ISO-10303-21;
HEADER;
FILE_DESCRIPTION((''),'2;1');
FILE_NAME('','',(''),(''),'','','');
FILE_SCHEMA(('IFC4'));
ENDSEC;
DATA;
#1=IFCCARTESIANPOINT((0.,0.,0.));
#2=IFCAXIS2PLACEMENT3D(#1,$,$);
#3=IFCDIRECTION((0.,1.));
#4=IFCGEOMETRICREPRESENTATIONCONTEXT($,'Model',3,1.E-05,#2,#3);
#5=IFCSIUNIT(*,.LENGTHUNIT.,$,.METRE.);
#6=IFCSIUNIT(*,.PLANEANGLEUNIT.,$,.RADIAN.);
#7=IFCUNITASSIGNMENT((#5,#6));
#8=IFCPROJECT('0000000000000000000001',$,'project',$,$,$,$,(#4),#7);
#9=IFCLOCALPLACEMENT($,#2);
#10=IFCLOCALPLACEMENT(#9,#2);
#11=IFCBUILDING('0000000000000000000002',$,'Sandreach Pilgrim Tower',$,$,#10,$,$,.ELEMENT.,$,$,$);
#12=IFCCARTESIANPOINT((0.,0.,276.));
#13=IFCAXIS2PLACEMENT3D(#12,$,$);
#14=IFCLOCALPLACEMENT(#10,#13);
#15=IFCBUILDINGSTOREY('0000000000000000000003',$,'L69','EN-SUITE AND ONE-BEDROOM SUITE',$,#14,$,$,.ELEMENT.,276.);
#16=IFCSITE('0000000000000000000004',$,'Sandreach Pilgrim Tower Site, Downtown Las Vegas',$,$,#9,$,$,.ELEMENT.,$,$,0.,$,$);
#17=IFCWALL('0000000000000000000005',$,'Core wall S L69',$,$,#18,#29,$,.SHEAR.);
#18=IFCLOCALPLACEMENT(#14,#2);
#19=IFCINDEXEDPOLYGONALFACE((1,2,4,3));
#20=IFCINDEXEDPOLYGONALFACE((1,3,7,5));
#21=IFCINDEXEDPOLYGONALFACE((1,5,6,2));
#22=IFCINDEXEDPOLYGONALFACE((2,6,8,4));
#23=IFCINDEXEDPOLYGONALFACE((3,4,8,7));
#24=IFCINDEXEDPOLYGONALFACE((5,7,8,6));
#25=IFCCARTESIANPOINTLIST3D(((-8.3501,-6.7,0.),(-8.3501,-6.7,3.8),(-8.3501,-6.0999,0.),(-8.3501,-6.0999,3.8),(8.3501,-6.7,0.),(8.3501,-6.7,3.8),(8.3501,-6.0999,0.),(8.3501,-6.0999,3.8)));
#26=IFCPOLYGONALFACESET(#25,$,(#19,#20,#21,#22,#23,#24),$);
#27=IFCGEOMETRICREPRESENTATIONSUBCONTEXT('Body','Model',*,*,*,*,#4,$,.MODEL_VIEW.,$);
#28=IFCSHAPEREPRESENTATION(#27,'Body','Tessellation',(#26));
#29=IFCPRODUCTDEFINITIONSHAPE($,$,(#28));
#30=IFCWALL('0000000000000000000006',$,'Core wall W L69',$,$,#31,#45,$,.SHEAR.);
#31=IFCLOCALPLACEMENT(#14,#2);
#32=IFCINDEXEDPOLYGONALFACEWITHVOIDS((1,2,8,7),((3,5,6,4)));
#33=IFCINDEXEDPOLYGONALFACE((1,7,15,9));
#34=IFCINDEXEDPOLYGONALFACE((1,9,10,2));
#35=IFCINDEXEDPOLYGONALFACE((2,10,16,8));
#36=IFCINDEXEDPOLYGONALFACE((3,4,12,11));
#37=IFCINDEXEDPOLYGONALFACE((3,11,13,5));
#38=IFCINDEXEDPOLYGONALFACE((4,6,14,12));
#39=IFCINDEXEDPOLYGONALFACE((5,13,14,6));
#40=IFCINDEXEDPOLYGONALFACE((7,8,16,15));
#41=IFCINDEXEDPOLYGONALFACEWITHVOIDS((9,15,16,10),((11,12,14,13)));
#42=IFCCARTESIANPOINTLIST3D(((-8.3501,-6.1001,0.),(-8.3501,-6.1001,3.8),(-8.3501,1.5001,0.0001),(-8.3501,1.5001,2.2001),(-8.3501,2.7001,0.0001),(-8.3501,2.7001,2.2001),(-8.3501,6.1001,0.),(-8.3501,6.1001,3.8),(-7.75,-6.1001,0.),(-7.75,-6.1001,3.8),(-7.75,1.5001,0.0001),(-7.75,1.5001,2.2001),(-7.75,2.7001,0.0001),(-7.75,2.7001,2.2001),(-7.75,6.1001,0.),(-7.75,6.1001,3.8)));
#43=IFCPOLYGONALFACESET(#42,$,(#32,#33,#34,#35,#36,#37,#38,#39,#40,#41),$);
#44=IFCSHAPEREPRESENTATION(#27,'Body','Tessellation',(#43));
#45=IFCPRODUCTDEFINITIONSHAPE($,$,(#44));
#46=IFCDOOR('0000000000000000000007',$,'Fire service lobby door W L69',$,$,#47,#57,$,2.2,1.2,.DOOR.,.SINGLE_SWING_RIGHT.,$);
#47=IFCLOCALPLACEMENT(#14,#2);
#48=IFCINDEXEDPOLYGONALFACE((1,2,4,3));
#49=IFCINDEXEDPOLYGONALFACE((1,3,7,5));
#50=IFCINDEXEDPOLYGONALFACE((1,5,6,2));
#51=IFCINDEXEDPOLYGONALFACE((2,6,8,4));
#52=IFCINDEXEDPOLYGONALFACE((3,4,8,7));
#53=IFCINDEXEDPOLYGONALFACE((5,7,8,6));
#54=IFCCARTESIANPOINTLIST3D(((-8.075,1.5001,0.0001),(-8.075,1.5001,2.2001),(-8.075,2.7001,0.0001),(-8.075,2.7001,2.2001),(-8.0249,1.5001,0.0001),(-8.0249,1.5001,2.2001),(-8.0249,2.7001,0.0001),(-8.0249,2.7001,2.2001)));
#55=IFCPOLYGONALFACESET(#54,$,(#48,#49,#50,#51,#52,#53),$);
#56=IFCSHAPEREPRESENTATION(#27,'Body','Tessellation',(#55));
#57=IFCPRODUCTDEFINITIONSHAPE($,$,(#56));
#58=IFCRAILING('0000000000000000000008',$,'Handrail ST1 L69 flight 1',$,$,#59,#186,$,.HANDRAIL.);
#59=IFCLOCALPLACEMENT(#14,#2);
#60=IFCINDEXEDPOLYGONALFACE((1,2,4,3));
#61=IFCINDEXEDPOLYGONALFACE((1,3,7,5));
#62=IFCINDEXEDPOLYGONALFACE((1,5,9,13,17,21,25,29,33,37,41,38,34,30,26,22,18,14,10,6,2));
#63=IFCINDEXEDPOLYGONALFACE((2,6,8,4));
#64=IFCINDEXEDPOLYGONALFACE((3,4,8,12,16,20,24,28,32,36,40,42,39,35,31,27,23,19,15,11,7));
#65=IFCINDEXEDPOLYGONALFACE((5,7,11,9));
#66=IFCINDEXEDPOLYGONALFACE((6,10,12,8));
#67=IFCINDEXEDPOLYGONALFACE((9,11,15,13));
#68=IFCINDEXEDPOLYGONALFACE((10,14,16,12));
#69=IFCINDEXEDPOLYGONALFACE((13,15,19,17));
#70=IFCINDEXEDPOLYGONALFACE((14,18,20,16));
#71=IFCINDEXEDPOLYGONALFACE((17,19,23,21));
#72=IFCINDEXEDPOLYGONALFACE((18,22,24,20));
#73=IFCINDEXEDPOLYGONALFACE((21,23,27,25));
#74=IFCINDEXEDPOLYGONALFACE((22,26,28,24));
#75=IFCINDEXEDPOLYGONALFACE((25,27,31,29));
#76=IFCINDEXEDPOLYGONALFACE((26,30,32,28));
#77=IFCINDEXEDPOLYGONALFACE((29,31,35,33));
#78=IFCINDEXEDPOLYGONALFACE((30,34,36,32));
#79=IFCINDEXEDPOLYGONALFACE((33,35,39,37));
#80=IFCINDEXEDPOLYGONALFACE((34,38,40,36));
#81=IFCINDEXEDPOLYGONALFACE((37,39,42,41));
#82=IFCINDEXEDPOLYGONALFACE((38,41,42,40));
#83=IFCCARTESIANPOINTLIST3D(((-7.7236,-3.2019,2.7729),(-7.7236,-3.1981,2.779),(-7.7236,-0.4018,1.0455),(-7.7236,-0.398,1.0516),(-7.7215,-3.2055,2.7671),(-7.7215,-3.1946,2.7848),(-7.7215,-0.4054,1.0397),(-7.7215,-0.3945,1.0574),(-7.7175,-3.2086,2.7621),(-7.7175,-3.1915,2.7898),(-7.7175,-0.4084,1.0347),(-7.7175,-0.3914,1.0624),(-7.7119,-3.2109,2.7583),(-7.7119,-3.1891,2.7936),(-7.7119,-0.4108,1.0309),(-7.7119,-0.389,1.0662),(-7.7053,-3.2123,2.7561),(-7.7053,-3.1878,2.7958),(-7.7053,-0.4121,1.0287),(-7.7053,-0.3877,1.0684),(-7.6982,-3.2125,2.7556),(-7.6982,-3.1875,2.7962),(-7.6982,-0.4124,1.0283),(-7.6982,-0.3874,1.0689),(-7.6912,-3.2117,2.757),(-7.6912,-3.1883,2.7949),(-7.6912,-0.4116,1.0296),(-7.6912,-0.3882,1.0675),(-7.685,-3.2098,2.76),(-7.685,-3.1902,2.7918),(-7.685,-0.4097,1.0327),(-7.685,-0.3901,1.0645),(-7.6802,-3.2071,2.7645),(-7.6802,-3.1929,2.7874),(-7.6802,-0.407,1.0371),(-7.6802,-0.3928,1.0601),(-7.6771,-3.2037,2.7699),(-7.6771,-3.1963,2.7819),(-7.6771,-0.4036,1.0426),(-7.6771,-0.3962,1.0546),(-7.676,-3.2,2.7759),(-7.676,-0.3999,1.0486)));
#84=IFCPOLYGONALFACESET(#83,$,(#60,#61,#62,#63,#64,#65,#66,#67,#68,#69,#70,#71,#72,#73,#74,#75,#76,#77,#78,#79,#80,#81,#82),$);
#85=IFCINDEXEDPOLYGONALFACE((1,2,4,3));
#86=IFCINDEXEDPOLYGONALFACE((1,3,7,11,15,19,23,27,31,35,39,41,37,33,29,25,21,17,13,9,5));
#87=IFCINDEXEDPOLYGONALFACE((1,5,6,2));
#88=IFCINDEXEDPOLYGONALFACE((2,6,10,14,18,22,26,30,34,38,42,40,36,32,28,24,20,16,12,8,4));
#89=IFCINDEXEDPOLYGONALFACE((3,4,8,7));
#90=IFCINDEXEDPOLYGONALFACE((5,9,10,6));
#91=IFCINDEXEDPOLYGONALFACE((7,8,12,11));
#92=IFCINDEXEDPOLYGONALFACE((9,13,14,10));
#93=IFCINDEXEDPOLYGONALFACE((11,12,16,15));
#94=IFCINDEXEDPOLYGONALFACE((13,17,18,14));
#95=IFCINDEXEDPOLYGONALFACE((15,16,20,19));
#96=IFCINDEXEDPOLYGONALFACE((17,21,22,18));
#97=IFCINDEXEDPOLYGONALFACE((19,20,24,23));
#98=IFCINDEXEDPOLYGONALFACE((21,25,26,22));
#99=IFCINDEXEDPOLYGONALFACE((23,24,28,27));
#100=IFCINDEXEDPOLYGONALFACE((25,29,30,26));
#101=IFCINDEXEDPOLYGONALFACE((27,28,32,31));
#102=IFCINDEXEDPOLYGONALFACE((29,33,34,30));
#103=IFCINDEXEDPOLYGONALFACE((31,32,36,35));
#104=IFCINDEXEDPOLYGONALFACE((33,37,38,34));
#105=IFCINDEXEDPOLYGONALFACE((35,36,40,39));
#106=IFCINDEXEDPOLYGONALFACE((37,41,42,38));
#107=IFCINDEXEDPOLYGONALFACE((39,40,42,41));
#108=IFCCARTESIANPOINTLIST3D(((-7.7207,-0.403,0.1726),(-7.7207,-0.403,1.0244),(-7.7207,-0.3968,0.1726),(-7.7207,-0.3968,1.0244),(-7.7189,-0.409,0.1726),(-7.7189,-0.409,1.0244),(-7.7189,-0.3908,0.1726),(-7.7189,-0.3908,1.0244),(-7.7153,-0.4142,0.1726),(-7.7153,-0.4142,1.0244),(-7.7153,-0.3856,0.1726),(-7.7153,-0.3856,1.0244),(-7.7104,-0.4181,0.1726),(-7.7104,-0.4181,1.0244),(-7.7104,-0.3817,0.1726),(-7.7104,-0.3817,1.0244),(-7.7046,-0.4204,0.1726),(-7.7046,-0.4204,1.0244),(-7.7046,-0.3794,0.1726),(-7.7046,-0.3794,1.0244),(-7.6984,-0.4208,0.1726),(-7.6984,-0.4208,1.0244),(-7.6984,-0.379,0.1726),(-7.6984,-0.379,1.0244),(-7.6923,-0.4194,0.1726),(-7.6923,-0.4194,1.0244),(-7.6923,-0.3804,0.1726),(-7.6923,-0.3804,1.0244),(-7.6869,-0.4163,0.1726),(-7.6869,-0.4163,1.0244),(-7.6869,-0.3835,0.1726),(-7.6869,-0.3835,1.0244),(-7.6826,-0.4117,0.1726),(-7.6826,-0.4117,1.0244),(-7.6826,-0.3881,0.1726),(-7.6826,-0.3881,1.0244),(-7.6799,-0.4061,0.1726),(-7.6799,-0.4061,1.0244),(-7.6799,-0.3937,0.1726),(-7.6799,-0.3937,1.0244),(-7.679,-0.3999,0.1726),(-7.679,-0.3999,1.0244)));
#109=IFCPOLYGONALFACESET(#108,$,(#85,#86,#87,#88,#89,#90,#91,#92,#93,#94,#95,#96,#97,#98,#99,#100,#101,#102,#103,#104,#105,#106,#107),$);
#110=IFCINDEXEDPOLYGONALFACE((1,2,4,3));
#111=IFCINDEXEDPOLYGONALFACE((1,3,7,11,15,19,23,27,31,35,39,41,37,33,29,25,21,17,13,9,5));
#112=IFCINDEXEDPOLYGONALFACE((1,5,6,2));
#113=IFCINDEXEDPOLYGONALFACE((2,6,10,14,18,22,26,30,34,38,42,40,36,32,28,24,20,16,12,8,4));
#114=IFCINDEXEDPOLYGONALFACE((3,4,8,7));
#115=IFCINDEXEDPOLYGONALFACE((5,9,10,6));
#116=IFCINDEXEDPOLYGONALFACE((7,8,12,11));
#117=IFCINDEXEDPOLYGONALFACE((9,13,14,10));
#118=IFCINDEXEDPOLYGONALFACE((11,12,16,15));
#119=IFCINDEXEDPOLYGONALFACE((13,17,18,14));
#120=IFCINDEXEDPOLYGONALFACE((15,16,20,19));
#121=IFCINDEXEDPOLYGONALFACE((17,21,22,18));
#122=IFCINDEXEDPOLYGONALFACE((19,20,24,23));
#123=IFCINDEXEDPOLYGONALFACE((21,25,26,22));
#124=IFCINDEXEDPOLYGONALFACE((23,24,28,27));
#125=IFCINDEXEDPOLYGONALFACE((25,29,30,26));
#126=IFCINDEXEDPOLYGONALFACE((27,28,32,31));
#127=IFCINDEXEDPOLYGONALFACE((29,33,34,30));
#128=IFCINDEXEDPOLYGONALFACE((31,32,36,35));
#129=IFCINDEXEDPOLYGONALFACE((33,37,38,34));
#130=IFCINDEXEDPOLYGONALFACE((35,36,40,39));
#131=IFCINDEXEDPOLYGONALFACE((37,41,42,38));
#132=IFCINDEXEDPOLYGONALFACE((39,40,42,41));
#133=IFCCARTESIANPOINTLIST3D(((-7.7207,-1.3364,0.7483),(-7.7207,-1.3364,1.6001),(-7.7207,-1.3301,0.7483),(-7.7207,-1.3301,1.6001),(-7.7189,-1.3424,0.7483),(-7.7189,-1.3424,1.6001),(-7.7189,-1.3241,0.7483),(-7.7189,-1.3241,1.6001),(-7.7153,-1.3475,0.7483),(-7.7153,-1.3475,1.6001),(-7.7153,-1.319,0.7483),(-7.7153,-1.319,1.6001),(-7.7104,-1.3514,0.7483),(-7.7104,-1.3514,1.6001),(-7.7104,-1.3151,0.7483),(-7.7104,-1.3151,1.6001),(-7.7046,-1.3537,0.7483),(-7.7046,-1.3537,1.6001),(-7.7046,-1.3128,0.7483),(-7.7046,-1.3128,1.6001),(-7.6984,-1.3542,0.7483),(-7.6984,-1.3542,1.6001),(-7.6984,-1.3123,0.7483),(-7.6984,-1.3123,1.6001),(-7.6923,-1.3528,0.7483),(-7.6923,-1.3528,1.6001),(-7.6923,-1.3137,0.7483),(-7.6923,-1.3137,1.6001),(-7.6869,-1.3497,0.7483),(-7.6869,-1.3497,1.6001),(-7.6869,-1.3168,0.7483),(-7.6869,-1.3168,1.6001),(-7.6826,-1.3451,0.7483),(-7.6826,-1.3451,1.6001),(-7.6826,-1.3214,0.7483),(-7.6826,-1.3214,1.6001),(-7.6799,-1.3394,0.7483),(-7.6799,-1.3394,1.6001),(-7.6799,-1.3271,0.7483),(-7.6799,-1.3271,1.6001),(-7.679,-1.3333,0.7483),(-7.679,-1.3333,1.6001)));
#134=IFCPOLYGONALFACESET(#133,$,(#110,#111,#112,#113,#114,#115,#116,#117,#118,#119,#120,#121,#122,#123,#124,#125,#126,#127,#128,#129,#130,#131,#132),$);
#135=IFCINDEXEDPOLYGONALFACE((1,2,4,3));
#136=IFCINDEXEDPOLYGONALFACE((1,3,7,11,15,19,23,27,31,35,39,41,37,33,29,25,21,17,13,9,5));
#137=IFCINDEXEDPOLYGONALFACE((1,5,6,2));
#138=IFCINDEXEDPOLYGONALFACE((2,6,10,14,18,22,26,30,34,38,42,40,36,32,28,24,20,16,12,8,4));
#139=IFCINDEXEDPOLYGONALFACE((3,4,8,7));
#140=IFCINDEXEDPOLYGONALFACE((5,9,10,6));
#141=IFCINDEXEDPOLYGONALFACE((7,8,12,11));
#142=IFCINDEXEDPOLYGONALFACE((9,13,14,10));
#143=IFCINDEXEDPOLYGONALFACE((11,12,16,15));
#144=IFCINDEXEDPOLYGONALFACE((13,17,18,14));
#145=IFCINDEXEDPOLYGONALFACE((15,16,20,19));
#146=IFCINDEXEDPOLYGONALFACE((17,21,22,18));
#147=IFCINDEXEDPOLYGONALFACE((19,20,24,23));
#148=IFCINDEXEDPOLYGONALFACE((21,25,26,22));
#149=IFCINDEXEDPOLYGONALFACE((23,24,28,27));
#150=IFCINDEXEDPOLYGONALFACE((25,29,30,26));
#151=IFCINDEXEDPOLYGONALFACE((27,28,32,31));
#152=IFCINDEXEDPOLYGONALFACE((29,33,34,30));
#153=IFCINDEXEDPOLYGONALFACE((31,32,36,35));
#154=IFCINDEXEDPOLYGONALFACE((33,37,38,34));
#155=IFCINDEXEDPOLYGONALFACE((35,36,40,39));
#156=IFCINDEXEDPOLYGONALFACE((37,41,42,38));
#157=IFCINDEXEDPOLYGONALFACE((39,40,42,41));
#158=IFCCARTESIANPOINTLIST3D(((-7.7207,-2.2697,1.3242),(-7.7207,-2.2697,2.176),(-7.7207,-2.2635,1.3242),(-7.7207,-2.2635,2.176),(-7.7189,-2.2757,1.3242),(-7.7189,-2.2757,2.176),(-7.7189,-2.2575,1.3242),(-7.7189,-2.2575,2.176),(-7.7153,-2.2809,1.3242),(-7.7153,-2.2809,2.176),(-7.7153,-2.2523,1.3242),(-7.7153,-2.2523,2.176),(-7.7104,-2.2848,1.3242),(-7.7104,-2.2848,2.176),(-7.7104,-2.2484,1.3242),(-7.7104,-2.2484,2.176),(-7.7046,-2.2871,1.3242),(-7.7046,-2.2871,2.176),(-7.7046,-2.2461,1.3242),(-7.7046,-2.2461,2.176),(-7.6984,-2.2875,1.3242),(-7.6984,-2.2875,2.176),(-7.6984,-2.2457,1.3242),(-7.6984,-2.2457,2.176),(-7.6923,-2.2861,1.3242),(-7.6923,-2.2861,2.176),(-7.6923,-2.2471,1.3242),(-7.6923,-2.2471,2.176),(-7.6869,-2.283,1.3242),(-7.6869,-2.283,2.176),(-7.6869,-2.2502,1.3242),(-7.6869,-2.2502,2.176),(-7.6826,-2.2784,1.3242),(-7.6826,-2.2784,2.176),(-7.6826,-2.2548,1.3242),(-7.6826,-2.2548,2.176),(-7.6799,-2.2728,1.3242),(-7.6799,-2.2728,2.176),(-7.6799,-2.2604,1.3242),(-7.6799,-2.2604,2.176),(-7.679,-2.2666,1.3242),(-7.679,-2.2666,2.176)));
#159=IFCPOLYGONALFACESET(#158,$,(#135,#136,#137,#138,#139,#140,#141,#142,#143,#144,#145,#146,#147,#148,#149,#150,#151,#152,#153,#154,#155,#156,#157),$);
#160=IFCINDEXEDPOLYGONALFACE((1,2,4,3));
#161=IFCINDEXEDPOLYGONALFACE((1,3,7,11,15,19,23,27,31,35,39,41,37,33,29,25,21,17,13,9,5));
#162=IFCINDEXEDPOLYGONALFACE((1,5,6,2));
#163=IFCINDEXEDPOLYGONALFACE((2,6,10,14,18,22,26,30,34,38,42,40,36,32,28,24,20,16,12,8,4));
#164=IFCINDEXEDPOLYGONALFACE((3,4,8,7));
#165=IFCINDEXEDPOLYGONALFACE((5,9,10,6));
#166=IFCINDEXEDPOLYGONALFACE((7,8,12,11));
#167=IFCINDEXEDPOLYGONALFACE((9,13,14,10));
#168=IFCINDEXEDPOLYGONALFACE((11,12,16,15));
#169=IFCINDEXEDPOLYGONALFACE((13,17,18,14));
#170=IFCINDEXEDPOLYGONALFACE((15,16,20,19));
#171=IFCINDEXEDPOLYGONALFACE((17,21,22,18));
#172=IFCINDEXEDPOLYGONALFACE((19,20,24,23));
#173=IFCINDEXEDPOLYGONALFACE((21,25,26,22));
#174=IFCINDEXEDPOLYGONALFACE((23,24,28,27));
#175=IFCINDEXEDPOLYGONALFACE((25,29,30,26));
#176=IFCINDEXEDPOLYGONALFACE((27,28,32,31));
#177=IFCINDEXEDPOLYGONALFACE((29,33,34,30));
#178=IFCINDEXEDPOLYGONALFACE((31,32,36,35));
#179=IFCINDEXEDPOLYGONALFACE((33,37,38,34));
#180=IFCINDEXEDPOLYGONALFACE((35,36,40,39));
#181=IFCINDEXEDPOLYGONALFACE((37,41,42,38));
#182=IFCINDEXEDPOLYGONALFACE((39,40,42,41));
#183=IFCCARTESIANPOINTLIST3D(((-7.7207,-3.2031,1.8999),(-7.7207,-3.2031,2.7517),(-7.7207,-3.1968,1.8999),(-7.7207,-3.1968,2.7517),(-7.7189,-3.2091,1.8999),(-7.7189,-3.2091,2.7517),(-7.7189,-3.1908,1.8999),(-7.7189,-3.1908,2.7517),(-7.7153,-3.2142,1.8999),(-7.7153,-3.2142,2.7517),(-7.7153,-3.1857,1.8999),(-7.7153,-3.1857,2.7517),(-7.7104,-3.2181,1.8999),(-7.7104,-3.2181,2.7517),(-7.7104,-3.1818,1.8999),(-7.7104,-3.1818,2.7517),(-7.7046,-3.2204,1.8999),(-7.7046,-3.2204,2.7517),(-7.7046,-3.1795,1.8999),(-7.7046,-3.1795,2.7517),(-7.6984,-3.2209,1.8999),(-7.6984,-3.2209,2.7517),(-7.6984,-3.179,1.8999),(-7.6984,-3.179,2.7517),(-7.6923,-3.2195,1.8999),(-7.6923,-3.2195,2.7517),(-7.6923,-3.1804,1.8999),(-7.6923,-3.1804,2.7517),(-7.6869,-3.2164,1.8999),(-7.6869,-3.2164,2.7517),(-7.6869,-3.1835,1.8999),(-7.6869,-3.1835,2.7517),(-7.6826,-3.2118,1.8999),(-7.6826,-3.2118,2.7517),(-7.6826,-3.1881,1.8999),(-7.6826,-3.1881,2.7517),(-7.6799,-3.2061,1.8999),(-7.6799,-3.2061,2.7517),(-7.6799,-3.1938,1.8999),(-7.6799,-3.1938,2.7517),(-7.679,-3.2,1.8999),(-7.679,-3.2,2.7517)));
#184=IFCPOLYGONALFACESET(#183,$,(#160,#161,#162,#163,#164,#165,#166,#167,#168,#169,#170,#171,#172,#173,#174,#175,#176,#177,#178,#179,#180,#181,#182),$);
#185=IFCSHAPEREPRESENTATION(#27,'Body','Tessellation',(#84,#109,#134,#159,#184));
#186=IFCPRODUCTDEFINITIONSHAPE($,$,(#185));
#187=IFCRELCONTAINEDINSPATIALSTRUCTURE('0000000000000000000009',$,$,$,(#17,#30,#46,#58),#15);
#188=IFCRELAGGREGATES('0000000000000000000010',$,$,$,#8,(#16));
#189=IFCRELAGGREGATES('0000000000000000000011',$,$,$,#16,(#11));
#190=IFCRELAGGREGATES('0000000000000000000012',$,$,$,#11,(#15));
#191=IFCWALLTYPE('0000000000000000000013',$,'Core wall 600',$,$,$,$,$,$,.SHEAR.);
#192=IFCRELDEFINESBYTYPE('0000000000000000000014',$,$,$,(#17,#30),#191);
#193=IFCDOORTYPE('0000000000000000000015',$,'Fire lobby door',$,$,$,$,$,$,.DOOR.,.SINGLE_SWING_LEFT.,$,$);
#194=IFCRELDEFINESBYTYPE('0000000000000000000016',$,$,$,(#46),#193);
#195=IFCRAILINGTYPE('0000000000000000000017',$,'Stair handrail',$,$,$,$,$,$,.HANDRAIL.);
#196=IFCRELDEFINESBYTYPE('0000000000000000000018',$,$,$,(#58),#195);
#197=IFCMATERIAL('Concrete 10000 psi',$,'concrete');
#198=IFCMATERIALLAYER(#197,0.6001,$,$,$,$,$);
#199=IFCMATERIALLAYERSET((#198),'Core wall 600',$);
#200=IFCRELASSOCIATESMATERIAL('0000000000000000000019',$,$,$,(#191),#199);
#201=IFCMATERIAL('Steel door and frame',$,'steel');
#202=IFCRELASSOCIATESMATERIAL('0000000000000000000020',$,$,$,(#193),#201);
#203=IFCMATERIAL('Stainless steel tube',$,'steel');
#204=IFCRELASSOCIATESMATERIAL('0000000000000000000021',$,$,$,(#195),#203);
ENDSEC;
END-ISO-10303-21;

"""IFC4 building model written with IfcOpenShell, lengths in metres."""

from ifc_helpers import new_model, si_unit, direction, frame, frame_2d, origin, origin_2d, place, context, subcontext, project, spatial, rectangle, circle, extrude, material, layer, layer_set, type_object, element, fill, save


model = new_model("IFC4")

# Units and contexts
model_context = context("Model", 3, precision=1e-05, world=origin(), true_north=direction((0.0, 1.0)))
body_context = subcontext(model_context, "Body", "Model", "MODEL_VIEW")
ifc_project = project(units=[si_unit("LENGTHUNIT", "METRE"), si_unit("PLANEANGLEUNIT", "RADIAN")], contexts=[model_context])

# Site, building, storey
site_placement = place(None, origin())
site = spatial("IfcSite", under=ifc_project, at=site_placement, Name="Sandreach Pilgrim Tower Site, Downtown Las Vegas", CompositionType="ELEMENT", RefElevation=0.0)
building_placement = place(site_placement, origin())
building = spatial("IfcBuilding", under=site, at=building_placement, Name="Sandreach Pilgrim Tower", CompositionType="ELEMENT")
storey_placement = place(building_placement, frame((0.0, 0.0, 276.0)))
storey = spatial("IfcBuildingStorey", under=building, at=storey_placement, Name="L69", Description="EN-SUITE AND ONE-BEDROOM SUITE", CompositionType="ELEMENT", Elevation=276.0)

# Wall
ifc_material_1 = material(Name="Concrete 10000 psi", Category="concrete")
ifc_layer_1 = layer(ifc_material_1, 0.6001)
ifc_layer_set_1 = layer_set([ifc_layer_1], Name="Core wall 600")
wall_type_1 = type_object("IfcWallType", Name="Core wall 600", PredefinedType="SHEAR", material=ifc_layer_set_1)
wall_1_placement = place(storey_placement, frame((-8.3501, -6.3999, 0.0), z_axis=(0.0, 0.0, 1.0), x_axis=(1.0, 0.0, 0.0)))
element("IfcWall", 1, at=wall_1_placement, inside=storey, type_object=wall_type_1, Name="Core wall S L69", PredefinedType="SHEAR", context=body_context, shape_type="SweptSolid", body=[
    extrude(rectangle(XDim=16.7002, YDim=0.6001, at=frame_2d((8.3501, 0.0))), origin(), (0.0, 0.0, 1.0), 3.8),
])

# Wall, opening, door
wall_2_placement = place(storey_placement, frame((-8.05, -6.1001, 0.0), z_axis=(0.0, 0.0, 1.0), x_axis=(0.0, 1.0, 0.0)))
wall_2 = element("IfcWall", 2, at=wall_2_placement, inside=storey, type_object=wall_type_1, Name="Core wall W L69", PredefinedType="SHEAR", context=body_context, shape_type="SweptSolid", body=[
    extrude(rectangle(XDim=12.2002, YDim=0.6001, at=frame_2d((6.1001, 0.0))), origin(), (0.0, 0.0, 1.0), 3.8),
])
opening_1_placement = place(wall_2_placement, frame((7.6001, 0.0, 0.0)))
opening_1 = element("IfcOpeningElement", 3, at=opening_1_placement, cuts=wall_2, PredefinedType="OPENING", context=body_context, shape_type="SweptSolid", body=[
    extrude(rectangle(XDim=1.2, YDim=2.2, at=frame_2d((0.6001, 1.1001))), frame((0.0, 0.3, 0.0), z_axis=(0.0, -1.0, 0.0), x_axis=(1.0, 0.0, 0.0)), (0.0, 0.0, 1.0), 0.6001),
])
ifc_material_2 = material(Name="Steel door and frame", Category="steel")
door_type_1 = type_object("IfcDoorType", Name="Fire lobby door", OperationType="SINGLE_SWING_LEFT", PredefinedType="DOOR", material=ifc_material_2)
door_1_placement = place(opening_1_placement, origin())
door_1 = element("IfcDoor", 4, at=door_1_placement, inside=storey, type_object=door_type_1, Name="Fire service lobby door W L69", OperationType="SINGLE_SWING_RIGHT", OverallHeight=2.2, OverallWidth=1.2, PredefinedType="DOOR", context=body_context, shape_type="SweptSolid", body=[
    extrude(rectangle(XDim=1.2, YDim=2.2, at=frame_2d((0.6001, 1.1001))), frame((0.0, 0.0249, 0.0), z_axis=(0.0, -1.0, 0.0), x_axis=(1.0, 0.0, 0.0)), (0.0, 0.0, 1.0), 0.05),
])
fill(opening_1, door_1)

# Railing
ifc_material_3 = material(Name="Stainless steel tube", Category="steel")
railing_type = type_object("IfcRailingType", Name="Stair handrail", PredefinedType="HANDRAIL", material=ifc_material_3)
railing_placement = place(storey_placement, frame((-7.7, -0.3999, 0.1726)))
element("IfcRailing", 5, at=railing_placement, inside=storey, type_object=railing_type, Name="Handrail ST1 L69 flight 1", PredefinedType="HANDRAIL", context=body_context, shape_type="SweptSolid", body=[
    extrude(circle(Radius=0.0239, at=origin_2d()), frame((0.0, 0.0, 0.876), z_axis=(0.0, -0.85109, 0.52502), x_axis=(1.0, 0.0, 0.0)), (0.0, 0.0, 1.0), 3.29),
    extrude(circle(Radius=0.021, at=origin_2d()), origin(), (0.0, 0.0, 1.0), 0.8518),
    extrude(circle(Radius=0.021, at=origin_2d()), frame((0.0, -0.9333, 0.5757)), (0.0, 0.0, 1.0), 0.8518),
    extrude(circle(Radius=0.021, at=origin_2d()), frame((0.0, -1.8667, 1.1516)), (0.0, 0.0, 1.0), 0.8518),
    extrude(circle(Radius=0.021, at=origin_2d()), frame((0.0, -2.8, 1.7273)), (0.0, 0.0, 1.0), 0.8518),
])

save(model, "model.ifc")
